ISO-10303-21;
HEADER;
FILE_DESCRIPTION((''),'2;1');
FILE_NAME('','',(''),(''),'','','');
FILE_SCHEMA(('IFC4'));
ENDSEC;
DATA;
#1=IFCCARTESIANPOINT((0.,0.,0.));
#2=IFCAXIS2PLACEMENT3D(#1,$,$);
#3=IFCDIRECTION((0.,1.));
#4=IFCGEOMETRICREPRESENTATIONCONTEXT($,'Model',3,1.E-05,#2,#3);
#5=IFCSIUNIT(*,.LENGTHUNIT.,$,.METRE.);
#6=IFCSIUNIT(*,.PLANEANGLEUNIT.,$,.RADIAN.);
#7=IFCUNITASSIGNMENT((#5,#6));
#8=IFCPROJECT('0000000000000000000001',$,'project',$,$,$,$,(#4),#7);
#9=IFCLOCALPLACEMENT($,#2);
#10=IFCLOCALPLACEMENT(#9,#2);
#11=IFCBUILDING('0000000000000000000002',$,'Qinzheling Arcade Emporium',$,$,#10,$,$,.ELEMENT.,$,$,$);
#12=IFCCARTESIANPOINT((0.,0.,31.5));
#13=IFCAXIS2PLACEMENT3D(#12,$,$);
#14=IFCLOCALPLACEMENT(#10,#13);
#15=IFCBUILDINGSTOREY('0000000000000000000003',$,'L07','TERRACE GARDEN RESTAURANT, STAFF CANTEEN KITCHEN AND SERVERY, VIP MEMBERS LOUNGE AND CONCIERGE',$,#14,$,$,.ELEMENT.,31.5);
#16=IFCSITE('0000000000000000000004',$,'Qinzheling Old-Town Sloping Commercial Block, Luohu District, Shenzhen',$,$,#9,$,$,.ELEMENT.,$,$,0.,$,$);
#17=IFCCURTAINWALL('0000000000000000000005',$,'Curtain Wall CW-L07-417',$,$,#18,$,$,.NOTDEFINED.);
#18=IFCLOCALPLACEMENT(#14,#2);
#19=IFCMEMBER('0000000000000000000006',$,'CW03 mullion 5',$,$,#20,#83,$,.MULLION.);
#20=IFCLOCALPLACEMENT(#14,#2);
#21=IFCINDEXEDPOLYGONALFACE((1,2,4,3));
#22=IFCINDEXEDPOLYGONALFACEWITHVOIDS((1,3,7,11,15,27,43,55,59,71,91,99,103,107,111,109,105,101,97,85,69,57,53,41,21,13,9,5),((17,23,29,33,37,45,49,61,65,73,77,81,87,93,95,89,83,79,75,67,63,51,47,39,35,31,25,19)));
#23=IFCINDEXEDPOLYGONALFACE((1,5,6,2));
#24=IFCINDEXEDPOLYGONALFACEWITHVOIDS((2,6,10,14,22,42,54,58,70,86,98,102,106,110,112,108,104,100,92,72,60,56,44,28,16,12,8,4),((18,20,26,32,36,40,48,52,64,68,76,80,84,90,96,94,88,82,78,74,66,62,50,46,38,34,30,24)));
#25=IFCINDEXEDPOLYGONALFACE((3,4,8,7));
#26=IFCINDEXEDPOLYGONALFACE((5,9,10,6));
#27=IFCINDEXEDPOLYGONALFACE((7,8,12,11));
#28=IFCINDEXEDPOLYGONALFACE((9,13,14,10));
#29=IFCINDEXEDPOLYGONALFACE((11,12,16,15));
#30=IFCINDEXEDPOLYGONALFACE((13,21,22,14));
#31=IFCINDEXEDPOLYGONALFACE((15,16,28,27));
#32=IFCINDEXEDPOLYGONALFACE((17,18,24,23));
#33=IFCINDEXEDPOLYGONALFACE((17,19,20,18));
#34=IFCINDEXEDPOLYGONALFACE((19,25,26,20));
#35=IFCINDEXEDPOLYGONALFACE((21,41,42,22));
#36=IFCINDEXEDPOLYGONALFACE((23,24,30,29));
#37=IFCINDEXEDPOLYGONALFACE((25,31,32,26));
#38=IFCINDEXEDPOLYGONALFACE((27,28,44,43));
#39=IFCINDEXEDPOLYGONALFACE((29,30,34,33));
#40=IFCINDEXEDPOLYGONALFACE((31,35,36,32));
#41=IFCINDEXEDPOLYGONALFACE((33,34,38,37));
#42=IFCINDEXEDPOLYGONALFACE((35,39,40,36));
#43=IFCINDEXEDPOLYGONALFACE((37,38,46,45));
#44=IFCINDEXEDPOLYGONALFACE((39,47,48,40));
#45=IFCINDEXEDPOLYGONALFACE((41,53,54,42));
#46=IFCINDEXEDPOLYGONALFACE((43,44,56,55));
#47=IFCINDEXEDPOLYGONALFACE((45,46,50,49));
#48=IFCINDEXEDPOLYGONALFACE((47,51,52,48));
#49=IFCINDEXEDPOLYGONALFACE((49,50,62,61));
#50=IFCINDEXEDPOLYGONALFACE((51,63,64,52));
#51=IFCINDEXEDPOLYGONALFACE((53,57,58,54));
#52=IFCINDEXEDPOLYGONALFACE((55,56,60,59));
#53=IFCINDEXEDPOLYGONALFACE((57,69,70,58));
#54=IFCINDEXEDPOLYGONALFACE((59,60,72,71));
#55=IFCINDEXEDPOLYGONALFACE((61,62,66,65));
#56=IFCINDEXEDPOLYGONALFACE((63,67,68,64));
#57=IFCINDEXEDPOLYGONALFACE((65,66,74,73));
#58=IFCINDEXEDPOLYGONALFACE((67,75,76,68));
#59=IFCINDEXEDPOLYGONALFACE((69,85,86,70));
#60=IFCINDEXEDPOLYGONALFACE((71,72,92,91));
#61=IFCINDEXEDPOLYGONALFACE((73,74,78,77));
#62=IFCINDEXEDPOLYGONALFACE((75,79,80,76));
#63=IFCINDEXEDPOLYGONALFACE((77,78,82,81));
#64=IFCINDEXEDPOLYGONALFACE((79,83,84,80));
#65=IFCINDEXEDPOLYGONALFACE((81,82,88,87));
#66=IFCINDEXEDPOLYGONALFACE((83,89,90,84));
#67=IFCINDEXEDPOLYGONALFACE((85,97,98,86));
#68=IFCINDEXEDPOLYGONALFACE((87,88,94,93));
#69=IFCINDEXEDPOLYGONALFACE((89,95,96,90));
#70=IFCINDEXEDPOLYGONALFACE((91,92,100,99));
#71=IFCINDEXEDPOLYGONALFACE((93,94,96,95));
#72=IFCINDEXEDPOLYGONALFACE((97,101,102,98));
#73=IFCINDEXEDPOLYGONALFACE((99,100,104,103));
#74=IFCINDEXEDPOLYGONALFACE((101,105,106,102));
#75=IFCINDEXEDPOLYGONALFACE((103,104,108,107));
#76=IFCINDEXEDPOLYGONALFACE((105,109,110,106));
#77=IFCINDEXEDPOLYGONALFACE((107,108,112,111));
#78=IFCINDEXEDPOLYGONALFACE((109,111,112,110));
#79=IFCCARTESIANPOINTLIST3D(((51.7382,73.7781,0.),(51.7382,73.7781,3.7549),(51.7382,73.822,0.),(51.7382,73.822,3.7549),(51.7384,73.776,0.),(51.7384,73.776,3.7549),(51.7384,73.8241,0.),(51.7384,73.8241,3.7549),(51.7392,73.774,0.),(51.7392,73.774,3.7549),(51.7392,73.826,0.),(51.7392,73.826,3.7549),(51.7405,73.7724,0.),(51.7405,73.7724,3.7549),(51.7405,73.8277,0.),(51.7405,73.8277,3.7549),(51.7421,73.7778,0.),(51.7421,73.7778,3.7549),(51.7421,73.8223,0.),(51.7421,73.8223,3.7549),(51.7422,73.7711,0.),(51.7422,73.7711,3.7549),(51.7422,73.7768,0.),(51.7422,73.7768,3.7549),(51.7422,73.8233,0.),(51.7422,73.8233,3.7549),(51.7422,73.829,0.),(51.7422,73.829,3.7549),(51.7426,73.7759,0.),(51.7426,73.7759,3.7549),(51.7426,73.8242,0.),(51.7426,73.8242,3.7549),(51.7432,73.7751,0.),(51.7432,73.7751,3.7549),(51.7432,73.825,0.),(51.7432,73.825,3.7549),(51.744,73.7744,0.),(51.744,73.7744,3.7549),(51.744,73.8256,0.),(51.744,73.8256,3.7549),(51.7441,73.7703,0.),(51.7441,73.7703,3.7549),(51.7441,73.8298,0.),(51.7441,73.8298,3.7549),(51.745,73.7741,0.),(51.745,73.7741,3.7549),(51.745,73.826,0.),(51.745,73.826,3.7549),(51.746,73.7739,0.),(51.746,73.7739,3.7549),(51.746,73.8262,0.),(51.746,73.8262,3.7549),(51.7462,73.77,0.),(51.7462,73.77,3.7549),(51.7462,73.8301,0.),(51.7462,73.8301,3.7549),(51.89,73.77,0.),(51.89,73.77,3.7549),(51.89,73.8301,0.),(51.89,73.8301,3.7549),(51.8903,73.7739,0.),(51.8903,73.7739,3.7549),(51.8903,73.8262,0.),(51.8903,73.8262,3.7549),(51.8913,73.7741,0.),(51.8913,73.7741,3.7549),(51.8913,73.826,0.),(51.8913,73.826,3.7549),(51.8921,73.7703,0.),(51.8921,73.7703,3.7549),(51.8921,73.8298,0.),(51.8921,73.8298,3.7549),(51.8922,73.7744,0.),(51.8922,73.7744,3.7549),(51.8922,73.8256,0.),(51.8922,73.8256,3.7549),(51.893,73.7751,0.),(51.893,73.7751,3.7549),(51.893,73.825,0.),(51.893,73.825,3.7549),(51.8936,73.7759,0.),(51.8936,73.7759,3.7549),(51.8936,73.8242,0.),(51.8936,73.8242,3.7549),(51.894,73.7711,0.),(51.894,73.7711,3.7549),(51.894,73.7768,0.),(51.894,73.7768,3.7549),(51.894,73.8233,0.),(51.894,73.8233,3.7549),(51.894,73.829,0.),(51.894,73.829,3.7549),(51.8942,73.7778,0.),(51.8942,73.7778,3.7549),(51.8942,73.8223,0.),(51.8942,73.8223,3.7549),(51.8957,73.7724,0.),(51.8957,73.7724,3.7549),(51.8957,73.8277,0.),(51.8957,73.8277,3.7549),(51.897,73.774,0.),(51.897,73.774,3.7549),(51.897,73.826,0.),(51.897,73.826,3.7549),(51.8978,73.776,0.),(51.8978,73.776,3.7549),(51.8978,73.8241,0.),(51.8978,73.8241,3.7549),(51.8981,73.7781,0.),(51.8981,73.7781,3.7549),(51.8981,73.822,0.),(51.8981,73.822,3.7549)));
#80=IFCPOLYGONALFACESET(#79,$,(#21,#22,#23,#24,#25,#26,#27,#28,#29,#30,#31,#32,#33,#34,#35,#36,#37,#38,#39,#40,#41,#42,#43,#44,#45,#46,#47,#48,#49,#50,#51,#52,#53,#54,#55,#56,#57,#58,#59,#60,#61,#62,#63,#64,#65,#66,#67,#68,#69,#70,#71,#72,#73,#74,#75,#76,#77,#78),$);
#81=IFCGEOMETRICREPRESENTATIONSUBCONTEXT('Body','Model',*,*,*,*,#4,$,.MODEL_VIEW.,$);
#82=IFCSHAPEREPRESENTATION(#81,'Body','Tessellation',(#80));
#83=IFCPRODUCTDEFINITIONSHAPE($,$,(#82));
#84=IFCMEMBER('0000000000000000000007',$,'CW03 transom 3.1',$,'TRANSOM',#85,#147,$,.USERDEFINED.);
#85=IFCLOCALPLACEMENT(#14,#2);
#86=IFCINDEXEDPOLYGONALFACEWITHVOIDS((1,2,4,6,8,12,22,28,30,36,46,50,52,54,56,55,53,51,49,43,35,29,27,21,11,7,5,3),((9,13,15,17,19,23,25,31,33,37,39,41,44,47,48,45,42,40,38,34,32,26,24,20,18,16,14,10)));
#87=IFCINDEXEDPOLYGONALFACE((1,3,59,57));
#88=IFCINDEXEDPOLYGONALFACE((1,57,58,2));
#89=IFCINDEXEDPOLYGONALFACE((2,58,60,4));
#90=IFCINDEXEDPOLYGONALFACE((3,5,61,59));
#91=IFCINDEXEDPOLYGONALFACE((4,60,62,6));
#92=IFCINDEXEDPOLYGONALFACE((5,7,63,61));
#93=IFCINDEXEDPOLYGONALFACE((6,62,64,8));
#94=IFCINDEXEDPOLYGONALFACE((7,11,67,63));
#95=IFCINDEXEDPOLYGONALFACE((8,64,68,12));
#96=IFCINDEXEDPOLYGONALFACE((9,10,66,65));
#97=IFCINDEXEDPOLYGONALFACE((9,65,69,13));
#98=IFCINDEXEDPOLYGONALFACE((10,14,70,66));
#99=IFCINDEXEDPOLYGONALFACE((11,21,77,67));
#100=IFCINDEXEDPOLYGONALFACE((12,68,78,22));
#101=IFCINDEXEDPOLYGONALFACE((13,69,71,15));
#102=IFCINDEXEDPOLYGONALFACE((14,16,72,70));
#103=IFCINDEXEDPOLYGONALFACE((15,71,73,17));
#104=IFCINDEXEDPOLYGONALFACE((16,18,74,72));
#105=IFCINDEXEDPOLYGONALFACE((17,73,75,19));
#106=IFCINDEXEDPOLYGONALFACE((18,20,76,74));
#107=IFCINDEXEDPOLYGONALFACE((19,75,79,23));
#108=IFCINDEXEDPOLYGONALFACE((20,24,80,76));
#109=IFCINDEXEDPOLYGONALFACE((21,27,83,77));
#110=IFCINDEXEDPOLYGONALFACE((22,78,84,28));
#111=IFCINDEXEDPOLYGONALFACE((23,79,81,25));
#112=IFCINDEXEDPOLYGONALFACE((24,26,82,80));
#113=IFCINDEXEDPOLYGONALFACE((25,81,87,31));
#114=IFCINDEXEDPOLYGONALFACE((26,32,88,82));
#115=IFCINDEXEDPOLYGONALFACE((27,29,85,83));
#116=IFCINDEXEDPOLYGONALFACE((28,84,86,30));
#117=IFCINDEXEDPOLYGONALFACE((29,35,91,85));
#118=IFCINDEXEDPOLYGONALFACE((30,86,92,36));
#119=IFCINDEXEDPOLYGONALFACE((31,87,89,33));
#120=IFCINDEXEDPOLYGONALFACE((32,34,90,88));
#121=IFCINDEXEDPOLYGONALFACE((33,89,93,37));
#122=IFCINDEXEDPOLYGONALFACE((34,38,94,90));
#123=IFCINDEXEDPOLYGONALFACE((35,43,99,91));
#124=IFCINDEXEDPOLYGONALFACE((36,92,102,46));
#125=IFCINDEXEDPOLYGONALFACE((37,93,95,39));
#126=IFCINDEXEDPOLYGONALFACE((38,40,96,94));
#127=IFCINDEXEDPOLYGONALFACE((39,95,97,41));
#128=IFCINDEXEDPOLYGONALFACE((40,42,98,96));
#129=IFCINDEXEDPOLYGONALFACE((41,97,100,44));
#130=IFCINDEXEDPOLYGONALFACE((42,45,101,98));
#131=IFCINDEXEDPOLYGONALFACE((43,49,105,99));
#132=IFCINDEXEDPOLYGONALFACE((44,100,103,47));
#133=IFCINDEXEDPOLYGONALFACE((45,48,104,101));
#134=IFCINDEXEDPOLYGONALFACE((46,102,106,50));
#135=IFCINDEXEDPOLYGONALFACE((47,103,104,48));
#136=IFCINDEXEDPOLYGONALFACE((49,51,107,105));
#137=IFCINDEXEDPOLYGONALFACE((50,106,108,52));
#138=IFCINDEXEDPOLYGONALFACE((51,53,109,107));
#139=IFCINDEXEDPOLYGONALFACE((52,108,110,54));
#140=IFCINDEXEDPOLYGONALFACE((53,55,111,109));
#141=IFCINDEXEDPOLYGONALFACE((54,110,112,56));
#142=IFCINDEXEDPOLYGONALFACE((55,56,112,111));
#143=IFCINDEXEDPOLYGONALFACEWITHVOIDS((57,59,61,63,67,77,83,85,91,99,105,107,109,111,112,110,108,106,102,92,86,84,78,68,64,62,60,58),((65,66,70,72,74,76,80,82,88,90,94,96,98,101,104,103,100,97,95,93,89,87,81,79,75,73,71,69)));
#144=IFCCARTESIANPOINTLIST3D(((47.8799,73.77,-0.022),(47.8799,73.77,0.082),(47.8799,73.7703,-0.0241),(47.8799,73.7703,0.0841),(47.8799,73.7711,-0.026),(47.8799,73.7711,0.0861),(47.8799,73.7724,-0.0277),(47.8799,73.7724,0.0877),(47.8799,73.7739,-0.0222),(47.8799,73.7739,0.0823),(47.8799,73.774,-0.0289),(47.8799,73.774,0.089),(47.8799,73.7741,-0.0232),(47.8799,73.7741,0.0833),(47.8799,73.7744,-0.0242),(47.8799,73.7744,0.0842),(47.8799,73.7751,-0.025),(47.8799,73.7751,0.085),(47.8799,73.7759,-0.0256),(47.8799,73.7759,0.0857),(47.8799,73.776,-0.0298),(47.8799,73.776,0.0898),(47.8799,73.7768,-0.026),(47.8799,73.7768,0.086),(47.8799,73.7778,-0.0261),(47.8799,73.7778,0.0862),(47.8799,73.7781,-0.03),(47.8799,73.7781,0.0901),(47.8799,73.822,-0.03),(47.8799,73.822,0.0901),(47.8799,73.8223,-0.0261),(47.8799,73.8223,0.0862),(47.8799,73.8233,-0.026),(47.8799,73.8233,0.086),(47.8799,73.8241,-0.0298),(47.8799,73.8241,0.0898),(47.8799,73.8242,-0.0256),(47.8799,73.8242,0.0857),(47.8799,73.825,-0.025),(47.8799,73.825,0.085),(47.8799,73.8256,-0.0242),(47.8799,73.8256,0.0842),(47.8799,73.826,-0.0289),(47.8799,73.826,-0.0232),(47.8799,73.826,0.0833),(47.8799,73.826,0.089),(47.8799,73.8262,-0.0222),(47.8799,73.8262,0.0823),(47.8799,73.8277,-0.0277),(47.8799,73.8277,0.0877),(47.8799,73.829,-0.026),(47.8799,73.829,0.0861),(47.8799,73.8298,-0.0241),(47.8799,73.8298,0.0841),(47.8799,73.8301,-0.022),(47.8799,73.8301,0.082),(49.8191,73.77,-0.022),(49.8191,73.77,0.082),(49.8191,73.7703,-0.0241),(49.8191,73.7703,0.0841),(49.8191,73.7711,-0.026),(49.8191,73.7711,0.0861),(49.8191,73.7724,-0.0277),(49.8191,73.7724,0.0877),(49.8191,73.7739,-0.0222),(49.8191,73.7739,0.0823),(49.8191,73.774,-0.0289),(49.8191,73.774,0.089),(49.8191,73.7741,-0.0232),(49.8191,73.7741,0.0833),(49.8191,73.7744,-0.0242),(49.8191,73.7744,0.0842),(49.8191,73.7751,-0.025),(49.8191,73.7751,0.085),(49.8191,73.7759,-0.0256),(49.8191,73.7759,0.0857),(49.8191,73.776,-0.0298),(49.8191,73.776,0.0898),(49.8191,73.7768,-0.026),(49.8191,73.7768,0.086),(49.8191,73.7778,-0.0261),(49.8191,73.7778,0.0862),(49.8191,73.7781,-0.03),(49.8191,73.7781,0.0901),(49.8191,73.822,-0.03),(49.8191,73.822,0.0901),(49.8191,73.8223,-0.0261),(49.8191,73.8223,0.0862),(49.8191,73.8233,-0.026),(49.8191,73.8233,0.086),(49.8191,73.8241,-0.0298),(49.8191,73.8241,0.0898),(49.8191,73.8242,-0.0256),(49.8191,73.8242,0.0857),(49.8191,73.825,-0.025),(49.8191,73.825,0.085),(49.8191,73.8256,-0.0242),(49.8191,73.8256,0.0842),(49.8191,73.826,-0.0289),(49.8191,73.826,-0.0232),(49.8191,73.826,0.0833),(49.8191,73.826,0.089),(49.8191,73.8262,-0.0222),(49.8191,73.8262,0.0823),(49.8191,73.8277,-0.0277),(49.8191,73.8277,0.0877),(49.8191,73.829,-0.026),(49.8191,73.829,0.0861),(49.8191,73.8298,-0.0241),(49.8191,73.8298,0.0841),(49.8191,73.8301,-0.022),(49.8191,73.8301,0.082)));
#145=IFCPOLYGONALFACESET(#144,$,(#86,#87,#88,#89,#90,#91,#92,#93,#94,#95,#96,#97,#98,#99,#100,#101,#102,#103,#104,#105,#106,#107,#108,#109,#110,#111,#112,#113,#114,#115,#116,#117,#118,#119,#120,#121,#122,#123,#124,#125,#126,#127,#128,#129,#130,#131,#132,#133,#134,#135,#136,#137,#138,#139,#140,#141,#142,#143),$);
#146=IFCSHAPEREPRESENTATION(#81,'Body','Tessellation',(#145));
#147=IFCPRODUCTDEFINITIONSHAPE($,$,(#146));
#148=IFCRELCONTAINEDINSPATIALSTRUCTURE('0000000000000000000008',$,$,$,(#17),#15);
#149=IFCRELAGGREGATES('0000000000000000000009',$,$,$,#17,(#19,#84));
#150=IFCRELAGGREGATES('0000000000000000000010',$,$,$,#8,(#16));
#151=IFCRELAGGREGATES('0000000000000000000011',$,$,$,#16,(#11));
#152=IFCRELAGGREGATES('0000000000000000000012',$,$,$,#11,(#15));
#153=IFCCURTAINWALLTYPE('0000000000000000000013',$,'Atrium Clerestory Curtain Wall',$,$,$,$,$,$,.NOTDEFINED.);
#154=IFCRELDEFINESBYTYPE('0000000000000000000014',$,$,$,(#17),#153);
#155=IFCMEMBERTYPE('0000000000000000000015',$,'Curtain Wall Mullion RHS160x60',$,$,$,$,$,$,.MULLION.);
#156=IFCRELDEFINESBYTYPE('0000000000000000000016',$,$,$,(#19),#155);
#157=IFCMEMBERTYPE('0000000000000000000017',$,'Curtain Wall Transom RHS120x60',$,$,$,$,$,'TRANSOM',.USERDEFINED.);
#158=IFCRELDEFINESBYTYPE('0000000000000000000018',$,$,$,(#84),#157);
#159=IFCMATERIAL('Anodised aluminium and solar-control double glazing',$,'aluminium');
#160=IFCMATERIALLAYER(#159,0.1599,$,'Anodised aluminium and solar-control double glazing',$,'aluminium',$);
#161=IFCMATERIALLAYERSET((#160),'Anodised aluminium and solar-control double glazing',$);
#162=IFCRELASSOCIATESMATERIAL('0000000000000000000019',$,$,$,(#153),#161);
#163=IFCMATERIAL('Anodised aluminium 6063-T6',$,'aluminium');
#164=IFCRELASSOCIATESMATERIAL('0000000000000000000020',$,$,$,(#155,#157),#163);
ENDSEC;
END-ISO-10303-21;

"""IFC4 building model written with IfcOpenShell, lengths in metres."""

from ifc_helpers import new_model, si_unit, direction, frame, origin, origin_2d, place, context, subcontext, project, spatial, hollow_rectangle, extrude, material, layer, layer_set, material_profile, profile_set, type_object, element, aggregate, save


model = new_model("IFC4")

# Units and contexts
model_context = context("Model", 3, precision=1e-05, world=origin(), true_north=direction((0.0, 1.0)))
body_context = subcontext(model_context, "Body", "Model", "MODEL_VIEW")
ifc_project = project(units=[si_unit("LENGTHUNIT", "METRE"), si_unit("PLANEANGLEUNIT", "RADIAN")], contexts=[model_context])

# Site, building, storey
site_placement = place(None, origin())
site = spatial("IfcSite", under=ifc_project, at=site_placement, Name="Qinzheling Old-Town Sloping Commercial Block, Luohu District, Shenzhen", CompositionType="ELEMENT", RefElevation=0.0)
building_placement = place(site_placement, origin())
building = spatial("IfcBuilding", under=site, at=building_placement, Name="Qinzheling Arcade Emporium", CompositionType="ELEMENT")
storey_placement = place(building_placement, frame((0.0, 0.0, 31.5)))
storey = spatial("IfcBuildingStorey", under=building, at=storey_placement, Name="L07", Description="TERRACE GARDEN RESTAURANT, STAFF CANTEEN KITCHEN AND SERVERY, VIP MEMBERS LOUNGE AND CONCIERGE", CompositionType="ELEMENT", Elevation=31.5)

# Curtain wall, members
ifc_material_1 = material(Name="Anodised aluminium and solar-control double glazing", Category="aluminium")
ifc_layer_1 = layer(ifc_material_1, 0.1599, Name="Anodised aluminium and solar-control double glazing", Category="aluminium")
ifc_layer_set_1 = layer_set([ifc_layer_1], Name="Anodised aluminium and solar-control double glazing")
curtain_wall_type = type_object("IfcCurtainWallType", Name="Atrium Clerestory Curtain Wall", PredefinedType="NOTDEFINED", material=ifc_layer_set_1)
curtain_wall_placement = place(storey_placement, origin())
curtain_wall = element("IfcCurtainWall", 1, at=curtain_wall_placement, inside=storey, type_object=curtain_wall_type, Name="Curtain Wall CW-L07-417", PredefinedType="NOTDEFINED")
ifc_material_2 = material(Name="Anodised aluminium 6063-T6", Category="aluminium")
ifc_material_profile_1 = material_profile(ifc_material_2, hollow_rectangle(XDim=0.0601, YDim=0.1599, WallThickness=0.0039, InnerFilletRadius=0.0039, OuterFilletRadius=0.0081, at=origin_2d()), Name="RHS 160x60x4", Category="aluminium")
ifc_profile_set_1 = profile_set([ifc_material_profile_1], Name="Anodised aluminium 6063-T6")
member_type_1 = type_object("IfcMemberType", Name="Curtain Wall Mullion RHS160x60", PredefinedType="MULLION", material=ifc_profile_set_1)
member_1_placement = place(storey_placement, frame((51.8181, 73.8, 0.0), z_axis=(0.0, 0.0, 1.0), x_axis=(0.0, 1.0, 0.0)))
member_1 = element("IfcMember", 2, at=member_1_placement, type_object=member_type_1, Name="CW03 mullion 5", PredefinedType="MULLION", context=body_context, shape_type="SweptSolid", body=[
    extrude(hollow_rectangle(XDim=0.0601, YDim=0.1599, WallThickness=0.0039, InnerFilletRadius=0.0039, OuterFilletRadius=0.0081, at=origin_2d()), origin(), (0.0, 0.0, 1.0), 3.7549),
])
ifc_material_profile_2 = material_profile(ifc_material_2, hollow_rectangle(XDim=0.0601, YDim=0.1201, WallThickness=0.0039, InnerFilletRadius=0.0039, OuterFilletRadius=0.0081, at=origin_2d()), Name="RHS 120x60x4", Category="aluminium")
ifc_profile_set_2 = profile_set([ifc_material_profile_2], Name="Anodised aluminium 6063-T6")
member_type_2 = type_object("IfcMemberType", Name="Curtain Wall Transom RHS120x60", ElementType="TRANSOM", PredefinedType="USERDEFINED", material=ifc_profile_set_2)
member_2_placement = place(storey_placement, frame((47.8799, 73.8, 0.03), z_axis=(1.0, 0.0, 0.0), x_axis=(0.0, 1.0, 0.0)))
member_2 = element("IfcMember", 3, at=member_2_placement, type_object=member_type_2, Name="CW03 transom 3.1", ObjectType="TRANSOM", PredefinedType="USERDEFINED", context=body_context, shape_type="SweptSolid", body=[
    extrude(hollow_rectangle(XDim=0.0601, YDim=0.1201, WallThickness=0.0039, InnerFilletRadius=0.0039, OuterFilletRadius=0.0081, at=origin_2d()), origin(), (0.0, 0.0, 1.0), 1.9392),
])
aggregate(curtain_wall, [member_1, member_2])

save(model, "model.ifc")
